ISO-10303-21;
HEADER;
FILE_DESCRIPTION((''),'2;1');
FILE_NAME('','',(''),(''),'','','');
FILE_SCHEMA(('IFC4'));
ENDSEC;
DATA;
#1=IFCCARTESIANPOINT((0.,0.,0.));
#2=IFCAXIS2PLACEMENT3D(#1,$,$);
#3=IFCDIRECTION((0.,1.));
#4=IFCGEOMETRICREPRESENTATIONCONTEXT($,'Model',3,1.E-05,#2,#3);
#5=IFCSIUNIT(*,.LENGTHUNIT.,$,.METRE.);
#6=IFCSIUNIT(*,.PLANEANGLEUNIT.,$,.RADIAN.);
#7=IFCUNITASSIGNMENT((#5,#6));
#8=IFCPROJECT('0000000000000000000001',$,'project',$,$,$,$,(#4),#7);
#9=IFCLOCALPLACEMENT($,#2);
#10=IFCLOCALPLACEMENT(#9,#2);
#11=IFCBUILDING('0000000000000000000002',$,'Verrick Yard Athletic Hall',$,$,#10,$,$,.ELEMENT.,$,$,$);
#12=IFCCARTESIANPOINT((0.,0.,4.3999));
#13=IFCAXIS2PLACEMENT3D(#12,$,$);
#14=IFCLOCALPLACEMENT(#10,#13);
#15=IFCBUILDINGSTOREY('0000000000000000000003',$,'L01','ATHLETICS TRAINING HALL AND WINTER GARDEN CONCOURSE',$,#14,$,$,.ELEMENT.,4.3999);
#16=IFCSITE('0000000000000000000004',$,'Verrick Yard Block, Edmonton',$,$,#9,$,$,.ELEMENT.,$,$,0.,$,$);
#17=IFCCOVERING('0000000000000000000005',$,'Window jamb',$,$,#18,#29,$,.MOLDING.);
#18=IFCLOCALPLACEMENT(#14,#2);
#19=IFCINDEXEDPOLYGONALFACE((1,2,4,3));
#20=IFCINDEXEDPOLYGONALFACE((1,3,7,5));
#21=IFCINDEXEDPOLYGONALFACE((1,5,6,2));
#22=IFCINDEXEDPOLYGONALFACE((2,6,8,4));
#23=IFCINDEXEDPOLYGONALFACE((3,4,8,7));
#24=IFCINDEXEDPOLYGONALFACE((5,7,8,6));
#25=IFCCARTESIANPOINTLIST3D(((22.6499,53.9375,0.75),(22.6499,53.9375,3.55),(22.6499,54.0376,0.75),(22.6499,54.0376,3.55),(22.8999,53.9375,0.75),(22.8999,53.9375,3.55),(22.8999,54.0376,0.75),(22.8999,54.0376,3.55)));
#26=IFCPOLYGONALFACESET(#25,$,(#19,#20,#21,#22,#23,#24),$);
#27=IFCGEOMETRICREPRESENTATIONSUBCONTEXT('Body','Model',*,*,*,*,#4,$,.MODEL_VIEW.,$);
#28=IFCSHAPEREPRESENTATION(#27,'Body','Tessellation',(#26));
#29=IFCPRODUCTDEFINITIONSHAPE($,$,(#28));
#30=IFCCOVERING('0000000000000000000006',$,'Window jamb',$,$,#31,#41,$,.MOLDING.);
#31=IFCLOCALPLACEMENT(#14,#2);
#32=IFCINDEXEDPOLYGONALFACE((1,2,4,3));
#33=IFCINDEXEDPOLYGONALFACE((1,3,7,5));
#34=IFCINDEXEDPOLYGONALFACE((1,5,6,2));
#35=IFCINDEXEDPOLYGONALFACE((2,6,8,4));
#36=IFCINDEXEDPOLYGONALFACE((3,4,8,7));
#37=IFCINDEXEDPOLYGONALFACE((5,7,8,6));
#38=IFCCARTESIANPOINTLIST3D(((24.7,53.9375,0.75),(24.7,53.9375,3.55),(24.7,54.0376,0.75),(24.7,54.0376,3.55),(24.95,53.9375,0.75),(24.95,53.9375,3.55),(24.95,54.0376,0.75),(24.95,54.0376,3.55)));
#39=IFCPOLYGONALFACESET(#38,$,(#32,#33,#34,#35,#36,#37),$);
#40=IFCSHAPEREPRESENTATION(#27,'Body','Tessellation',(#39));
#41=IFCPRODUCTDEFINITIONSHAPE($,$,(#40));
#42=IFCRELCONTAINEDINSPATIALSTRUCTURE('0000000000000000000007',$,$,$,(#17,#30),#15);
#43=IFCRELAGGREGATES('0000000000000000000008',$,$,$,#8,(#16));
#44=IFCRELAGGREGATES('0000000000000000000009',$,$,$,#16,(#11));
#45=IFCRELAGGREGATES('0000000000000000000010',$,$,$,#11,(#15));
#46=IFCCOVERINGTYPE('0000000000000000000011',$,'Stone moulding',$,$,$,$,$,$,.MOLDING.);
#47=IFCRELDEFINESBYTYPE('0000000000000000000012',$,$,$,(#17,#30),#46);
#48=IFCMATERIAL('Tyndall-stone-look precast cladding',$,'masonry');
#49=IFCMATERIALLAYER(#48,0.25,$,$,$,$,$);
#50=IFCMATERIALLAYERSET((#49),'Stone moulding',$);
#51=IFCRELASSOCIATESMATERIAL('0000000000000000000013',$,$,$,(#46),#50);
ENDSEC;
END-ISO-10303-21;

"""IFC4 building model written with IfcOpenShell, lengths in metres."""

from ifc_helpers import new_model, si_unit, direction, frame, origin, origin_2d, place, context, subcontext, project, spatial, rectangle, extrude, material, layer, layer_set, type_object, element, save


model = new_model("IFC4")

# Units and contexts
model_context = context("Model", 3, precision=1e-05, world=origin(), true_north=direction((0.0, 1.0)))
body_context = subcontext(model_context, "Body", "Model", "MODEL_VIEW")
ifc_project = project(units=[si_unit("LENGTHUNIT", "METRE"), si_unit("PLANEANGLEUNIT", "RADIAN")], contexts=[model_context])

# Site, building, storey
site_placement = place(None, origin())
site = spatial("IfcSite", under=ifc_project, at=site_placement, Name="Verrick Yard Block, Edmonton", CompositionType="ELEMENT", RefElevation=0.0)
building_placement = place(site_placement, origin())
building = spatial("IfcBuilding", under=site, at=building_placement, Name="Verrick Yard Athletic Hall", CompositionType="ELEMENT")
storey_placement = place(building_placement, frame((0.0, 0.0, 4.3999)))
storey = spatial("IfcBuildingStorey", under=building, at=storey_placement, Name="L01", Description="ATHLETICS TRAINING HALL AND WINTER GARDEN CONCOURSE", CompositionType="ELEMENT", Elevation=4.3999)

# Coverings
ifc_material_1 = material(Name="Tyndall-stone-look precast cladding", Category="masonry")
ifc_layer_1 = layer(ifc_material_1, 0.25)
ifc_layer_set_1 = layer_set([ifc_layer_1], Name="Stone moulding")
covering_type_1 = type_object("IfcCoveringType", Name="Stone moulding", PredefinedType="MOLDING", material=ifc_layer_set_1)
for number, where, z_axis, x_axis, name in (
    (1, (22.7749, 53.9875, 0.75), (0.0, 0.0, 1.0), (1.0, 0.0, 0.0), "Window jamb"),
    (2, (24.825, 53.9875, 0.75), (0.0, 0.0, 1.0), (1.0, 0.0, 0.0), "Window jamb"),
):
    element("IfcCovering", number, at=place(storey_placement, frame(where, z_axis=z_axis, x_axis=x_axis)), inside=storey, type_object=covering_type_1, Name=name, PredefinedType="MOLDING", context=body_context, shape_type="SweptSolid", body=[
        extrude(rectangle(XDim=0.25, YDim=0.1001, at=origin_2d()), origin(), (0.0, 0.0, 1.0), 2.8),
    ])

save(model, "model.ifc")
